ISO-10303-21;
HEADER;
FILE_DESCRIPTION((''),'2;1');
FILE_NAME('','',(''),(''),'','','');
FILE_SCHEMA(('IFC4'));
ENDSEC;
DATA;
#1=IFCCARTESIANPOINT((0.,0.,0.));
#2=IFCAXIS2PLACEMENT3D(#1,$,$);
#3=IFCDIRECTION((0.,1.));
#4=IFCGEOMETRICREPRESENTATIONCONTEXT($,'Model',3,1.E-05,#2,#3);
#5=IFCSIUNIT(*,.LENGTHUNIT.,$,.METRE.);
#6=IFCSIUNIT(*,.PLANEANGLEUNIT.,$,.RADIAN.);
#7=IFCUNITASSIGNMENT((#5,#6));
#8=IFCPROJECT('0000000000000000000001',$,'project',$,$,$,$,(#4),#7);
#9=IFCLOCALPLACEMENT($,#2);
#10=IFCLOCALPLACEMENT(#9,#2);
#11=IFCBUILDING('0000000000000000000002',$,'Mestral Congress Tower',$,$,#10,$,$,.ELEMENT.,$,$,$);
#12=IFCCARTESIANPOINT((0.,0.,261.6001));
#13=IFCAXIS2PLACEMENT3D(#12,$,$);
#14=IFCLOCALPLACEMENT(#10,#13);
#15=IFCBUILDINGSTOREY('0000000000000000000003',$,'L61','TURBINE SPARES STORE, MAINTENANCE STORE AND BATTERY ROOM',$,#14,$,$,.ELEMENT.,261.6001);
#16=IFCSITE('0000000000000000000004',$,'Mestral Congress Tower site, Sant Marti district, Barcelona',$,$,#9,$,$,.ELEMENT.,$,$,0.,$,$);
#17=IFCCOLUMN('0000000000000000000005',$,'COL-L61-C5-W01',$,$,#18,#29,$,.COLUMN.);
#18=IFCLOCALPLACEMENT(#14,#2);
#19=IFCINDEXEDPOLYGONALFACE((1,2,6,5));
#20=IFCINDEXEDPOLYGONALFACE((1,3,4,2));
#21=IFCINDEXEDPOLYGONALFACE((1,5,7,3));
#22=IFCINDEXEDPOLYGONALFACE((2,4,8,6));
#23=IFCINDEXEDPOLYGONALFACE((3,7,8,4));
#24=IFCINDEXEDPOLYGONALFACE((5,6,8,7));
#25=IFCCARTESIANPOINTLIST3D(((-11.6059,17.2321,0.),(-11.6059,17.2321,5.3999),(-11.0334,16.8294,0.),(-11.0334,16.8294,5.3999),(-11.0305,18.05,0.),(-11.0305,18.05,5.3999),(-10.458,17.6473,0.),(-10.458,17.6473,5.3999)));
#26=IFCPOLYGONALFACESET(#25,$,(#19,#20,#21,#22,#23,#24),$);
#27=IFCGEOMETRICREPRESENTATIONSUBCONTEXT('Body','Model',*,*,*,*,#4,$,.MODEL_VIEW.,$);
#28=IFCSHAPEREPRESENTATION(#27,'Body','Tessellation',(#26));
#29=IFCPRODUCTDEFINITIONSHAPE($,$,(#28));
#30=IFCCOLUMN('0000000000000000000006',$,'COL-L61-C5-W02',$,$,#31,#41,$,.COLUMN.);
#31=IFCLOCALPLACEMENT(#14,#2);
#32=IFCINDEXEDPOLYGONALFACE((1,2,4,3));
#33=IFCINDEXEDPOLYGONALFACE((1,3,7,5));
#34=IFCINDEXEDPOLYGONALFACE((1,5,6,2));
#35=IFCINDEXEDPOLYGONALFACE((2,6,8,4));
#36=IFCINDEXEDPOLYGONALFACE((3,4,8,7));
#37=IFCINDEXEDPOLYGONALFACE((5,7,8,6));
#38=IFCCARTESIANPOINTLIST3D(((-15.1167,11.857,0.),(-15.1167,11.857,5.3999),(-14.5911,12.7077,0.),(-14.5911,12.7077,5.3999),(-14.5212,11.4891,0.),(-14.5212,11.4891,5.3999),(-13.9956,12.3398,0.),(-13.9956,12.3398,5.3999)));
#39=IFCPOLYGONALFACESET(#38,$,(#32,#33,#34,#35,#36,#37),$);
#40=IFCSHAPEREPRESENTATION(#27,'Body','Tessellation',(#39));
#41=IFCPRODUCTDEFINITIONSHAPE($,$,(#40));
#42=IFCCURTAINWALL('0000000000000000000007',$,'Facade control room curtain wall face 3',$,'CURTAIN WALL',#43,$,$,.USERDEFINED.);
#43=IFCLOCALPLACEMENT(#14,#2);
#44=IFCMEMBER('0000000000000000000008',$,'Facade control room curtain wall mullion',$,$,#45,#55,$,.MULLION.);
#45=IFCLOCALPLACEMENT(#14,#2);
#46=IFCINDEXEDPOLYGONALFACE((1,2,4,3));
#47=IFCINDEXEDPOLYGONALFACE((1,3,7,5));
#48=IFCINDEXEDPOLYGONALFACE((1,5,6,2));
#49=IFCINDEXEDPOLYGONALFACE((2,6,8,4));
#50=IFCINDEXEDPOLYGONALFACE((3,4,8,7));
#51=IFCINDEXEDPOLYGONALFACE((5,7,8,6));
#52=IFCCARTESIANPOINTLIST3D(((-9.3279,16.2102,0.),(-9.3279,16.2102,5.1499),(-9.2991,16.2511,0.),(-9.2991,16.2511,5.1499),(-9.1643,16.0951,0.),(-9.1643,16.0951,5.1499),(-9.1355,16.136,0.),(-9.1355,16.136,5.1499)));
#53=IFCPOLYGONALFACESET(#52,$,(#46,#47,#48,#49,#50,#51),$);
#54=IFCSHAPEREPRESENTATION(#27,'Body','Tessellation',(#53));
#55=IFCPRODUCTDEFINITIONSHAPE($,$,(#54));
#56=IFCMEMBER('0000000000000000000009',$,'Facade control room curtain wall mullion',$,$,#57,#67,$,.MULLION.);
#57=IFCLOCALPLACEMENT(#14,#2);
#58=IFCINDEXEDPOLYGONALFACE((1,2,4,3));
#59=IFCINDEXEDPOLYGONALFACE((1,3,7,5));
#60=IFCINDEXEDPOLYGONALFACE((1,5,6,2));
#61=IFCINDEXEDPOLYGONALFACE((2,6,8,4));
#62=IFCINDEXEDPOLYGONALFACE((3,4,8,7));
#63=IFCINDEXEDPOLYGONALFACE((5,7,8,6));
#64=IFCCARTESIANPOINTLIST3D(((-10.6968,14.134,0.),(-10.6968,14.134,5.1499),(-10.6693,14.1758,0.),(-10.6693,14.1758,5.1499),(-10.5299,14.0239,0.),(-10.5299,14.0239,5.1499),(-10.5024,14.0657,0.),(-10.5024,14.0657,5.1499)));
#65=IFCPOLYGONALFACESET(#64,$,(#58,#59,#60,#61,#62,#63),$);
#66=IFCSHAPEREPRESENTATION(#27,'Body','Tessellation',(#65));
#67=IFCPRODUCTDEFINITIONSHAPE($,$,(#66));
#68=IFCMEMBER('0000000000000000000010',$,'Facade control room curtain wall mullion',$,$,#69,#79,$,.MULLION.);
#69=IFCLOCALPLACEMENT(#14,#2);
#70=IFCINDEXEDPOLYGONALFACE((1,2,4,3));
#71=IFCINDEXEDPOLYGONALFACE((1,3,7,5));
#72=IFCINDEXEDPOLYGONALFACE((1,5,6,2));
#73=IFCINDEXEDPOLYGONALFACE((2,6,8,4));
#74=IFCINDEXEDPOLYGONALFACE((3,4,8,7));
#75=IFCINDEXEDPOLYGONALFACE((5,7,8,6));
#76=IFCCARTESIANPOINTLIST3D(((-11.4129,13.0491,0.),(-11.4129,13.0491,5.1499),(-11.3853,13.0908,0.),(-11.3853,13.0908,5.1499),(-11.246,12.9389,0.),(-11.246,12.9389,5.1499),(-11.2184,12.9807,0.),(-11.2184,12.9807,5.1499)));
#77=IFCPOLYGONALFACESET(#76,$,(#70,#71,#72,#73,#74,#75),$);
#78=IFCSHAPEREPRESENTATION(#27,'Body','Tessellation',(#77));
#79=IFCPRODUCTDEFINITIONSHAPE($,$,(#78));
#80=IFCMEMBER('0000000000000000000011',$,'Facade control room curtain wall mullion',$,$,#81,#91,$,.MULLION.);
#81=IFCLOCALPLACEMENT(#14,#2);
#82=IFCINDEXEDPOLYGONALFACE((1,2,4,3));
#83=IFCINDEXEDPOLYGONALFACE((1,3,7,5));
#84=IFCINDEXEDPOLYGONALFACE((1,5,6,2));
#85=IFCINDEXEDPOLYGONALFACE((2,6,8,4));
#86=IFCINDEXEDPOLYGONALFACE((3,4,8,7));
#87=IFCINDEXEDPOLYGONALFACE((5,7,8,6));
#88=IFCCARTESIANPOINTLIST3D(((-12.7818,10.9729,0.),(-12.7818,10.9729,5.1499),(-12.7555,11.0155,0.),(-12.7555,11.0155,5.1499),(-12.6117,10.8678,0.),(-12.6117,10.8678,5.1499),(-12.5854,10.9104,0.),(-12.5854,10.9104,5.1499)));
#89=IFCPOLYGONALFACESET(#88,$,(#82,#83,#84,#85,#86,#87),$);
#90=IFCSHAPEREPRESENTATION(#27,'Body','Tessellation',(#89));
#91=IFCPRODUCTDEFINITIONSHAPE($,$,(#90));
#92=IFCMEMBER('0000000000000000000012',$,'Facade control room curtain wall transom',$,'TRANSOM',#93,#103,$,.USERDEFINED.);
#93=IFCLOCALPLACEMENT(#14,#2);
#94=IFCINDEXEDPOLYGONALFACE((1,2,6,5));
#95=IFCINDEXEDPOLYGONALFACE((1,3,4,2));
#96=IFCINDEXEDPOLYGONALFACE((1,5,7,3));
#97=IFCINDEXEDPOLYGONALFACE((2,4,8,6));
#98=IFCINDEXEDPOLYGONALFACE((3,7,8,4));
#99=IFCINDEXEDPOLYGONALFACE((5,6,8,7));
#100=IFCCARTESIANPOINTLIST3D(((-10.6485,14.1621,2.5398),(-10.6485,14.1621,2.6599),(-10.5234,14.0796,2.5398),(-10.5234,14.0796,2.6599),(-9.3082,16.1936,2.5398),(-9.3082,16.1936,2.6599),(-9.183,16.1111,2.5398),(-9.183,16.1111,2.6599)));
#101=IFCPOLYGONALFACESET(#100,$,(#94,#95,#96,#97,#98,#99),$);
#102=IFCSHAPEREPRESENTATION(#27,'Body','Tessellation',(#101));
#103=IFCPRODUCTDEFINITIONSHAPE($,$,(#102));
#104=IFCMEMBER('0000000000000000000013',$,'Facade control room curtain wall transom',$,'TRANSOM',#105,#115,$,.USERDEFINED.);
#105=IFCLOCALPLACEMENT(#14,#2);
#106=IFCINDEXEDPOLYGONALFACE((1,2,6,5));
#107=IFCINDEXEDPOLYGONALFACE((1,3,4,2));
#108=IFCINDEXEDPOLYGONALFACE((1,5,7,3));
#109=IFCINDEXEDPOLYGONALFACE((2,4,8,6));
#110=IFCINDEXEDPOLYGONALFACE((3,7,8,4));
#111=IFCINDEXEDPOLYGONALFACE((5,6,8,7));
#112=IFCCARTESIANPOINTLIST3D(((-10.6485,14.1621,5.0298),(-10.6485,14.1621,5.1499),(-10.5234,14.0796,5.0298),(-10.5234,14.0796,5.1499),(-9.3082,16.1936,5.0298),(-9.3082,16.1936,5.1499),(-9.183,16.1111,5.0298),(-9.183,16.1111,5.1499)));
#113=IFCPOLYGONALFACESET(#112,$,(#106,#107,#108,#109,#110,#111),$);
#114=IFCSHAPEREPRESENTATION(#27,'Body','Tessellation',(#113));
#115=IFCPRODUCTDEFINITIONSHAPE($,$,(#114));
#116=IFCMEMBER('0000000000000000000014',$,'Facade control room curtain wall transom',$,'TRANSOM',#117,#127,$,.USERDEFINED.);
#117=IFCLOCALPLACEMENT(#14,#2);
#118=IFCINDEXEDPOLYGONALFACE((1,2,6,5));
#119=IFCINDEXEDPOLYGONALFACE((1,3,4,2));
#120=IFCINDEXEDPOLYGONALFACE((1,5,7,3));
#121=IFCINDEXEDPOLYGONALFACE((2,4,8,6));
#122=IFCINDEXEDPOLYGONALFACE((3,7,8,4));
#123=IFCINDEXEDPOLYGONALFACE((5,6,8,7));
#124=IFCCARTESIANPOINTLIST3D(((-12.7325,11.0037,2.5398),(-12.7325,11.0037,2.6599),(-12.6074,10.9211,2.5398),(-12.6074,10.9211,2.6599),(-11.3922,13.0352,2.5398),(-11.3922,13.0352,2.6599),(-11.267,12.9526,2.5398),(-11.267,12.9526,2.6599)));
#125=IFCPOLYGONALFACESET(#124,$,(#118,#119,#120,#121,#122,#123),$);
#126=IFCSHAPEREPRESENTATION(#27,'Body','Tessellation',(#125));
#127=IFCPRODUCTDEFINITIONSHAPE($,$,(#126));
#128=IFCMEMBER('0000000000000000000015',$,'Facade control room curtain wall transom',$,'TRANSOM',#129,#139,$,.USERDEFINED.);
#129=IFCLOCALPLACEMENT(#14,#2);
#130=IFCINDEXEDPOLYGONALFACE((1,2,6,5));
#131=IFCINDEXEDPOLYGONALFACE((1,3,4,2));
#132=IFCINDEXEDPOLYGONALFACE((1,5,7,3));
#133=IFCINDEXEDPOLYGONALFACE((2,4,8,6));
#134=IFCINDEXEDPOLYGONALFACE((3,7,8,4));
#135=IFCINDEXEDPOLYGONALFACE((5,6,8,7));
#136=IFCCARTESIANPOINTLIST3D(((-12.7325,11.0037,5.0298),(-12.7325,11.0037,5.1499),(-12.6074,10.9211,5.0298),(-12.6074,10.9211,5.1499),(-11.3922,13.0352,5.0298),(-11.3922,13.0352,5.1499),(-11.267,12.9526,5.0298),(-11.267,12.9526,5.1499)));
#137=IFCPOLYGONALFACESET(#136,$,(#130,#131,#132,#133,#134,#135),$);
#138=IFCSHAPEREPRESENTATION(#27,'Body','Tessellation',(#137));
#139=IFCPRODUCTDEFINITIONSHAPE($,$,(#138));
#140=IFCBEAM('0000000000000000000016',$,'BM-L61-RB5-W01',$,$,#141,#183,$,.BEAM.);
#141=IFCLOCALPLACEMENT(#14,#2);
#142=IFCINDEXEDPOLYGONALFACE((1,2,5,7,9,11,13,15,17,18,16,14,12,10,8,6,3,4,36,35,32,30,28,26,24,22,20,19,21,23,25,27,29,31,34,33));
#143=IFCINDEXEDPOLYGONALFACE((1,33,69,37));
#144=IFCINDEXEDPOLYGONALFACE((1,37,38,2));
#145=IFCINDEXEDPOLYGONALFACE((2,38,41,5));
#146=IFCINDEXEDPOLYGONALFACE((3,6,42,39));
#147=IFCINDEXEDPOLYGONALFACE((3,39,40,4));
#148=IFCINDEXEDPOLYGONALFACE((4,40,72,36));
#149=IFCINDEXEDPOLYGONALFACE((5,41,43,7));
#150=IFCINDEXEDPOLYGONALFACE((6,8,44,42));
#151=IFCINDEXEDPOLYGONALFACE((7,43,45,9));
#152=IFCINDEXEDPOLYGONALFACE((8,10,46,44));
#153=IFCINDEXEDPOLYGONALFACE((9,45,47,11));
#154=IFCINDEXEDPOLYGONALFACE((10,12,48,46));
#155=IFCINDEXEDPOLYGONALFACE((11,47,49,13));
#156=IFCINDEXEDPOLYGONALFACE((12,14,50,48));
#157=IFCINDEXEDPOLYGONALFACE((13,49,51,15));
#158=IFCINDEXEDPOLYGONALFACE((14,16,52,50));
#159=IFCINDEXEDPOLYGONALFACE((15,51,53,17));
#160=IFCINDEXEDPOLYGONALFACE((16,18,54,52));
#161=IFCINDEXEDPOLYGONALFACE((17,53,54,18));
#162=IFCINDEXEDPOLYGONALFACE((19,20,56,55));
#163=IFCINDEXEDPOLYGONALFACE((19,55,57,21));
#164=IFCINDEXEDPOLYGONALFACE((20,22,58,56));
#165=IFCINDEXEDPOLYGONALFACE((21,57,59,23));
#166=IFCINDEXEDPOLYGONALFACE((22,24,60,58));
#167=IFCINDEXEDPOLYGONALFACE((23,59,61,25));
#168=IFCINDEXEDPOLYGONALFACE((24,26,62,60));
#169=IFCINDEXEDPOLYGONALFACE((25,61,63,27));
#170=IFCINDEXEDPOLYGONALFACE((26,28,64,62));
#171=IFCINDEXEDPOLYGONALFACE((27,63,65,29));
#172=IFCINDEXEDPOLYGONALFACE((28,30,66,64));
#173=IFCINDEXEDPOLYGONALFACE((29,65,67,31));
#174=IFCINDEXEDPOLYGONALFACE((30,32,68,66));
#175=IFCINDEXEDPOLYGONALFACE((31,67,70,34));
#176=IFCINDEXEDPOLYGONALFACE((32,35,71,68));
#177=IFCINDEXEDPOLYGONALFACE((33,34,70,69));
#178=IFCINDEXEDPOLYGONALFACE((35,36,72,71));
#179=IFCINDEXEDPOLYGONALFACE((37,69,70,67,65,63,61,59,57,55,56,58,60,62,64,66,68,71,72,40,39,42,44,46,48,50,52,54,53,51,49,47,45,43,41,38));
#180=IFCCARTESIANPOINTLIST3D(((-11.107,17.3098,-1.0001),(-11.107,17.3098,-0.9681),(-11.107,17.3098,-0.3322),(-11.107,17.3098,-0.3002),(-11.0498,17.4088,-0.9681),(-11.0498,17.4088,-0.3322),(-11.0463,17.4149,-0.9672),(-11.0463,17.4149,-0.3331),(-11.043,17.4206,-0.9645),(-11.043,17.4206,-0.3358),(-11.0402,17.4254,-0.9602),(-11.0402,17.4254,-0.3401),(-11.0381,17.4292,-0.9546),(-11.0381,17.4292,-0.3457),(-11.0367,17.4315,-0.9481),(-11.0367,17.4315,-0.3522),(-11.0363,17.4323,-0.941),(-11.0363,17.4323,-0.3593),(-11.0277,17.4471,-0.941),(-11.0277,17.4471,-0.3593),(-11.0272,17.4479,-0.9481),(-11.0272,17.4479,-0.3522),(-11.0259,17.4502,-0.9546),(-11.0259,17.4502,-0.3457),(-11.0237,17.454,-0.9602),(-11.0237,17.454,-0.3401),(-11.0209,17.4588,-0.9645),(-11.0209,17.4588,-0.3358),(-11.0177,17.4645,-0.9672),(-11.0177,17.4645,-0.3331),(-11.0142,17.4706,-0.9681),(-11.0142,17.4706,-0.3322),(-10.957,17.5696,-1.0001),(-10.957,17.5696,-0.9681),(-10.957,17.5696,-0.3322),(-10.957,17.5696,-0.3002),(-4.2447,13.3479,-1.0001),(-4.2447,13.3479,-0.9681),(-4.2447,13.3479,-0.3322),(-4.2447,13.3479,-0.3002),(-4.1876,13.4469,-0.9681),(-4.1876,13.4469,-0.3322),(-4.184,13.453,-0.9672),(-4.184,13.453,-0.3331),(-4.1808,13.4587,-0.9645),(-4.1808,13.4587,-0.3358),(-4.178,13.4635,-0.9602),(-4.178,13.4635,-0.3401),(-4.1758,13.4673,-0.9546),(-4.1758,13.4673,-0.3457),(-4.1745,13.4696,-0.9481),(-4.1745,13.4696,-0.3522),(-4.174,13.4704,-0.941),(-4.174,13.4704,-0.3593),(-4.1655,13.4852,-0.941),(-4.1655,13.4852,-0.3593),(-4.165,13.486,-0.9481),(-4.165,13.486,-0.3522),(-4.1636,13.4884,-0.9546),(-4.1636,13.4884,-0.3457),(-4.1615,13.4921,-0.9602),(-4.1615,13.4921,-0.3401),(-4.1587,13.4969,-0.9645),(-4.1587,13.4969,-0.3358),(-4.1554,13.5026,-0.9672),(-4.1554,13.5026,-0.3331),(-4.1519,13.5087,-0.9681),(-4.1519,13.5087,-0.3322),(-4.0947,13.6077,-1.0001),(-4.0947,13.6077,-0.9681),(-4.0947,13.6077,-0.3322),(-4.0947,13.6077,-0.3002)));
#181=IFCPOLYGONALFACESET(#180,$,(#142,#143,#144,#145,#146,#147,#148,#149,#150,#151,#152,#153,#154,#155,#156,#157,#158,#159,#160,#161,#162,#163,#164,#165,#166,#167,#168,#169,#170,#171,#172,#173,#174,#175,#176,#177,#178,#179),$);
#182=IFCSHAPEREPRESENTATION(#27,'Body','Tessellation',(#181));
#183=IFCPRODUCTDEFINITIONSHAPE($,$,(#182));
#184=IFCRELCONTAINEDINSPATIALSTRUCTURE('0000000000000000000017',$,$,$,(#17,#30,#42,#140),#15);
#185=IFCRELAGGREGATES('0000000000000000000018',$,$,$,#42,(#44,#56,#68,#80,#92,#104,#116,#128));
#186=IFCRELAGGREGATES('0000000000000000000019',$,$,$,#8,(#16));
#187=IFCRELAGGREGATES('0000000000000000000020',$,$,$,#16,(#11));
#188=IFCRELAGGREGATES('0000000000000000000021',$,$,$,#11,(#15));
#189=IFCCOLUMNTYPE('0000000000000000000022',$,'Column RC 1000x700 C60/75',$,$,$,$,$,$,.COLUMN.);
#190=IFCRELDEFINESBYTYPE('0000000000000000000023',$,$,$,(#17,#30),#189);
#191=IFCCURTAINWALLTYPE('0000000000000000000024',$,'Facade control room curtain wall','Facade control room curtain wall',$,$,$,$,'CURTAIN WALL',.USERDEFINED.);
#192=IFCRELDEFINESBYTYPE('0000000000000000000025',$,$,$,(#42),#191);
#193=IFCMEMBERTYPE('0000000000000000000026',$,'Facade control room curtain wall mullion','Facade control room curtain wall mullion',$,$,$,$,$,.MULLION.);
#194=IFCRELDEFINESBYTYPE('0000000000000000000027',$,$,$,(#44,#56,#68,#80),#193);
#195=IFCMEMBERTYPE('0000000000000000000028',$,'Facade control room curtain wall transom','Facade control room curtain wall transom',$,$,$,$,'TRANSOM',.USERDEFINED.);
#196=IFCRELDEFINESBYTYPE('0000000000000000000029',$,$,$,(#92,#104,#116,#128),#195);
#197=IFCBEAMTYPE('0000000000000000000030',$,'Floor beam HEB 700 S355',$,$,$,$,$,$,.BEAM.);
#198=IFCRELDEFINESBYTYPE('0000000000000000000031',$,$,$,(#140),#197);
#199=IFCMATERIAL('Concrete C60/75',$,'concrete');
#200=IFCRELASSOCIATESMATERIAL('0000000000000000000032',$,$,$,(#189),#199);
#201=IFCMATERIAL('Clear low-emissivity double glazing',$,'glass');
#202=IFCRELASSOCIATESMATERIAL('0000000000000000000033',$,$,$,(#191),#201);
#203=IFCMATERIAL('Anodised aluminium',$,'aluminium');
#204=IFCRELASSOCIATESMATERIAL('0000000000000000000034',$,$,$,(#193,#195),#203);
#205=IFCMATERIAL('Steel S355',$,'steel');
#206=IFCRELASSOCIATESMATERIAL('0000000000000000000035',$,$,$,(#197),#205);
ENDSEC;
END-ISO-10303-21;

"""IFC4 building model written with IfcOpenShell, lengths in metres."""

from ifc_helpers import new_model, si_unit, direction, frame, origin, origin_2d, place, context, subcontext, project, spatial, rectangle, i_section, extrude, material, material_profile, profile_set, type_object, element, aggregate, save


model = new_model("IFC4")

# Units and contexts
model_context = context("Model", 3, precision=1e-05, world=origin(), true_north=direction((0.0, 1.0)))
body_context = subcontext(model_context, "Body", "Model", "MODEL_VIEW")
ifc_project = project(units=[si_unit("LENGTHUNIT", "METRE"), si_unit("PLANEANGLEUNIT", "RADIAN")], contexts=[model_context])

# Site, building, storey
site_placement = place(None, origin())
site = spatial("IfcSite", under=ifc_project, at=site_placement, Name="Mestral Congress Tower site, Sant Marti district, Barcelona", CompositionType="ELEMENT", RefElevation=0.0)
building_placement = place(site_placement, origin())
building = spatial("IfcBuilding", under=site, at=building_placement, Name="Mestral Congress Tower", CompositionType="ELEMENT")
storey_placement = place(building_placement, frame((0.0, 0.0, 261.6001)))
storey = spatial("IfcBuildingStorey", under=building, at=storey_placement, Name="L61", Description="TURBINE SPARES STORE, MAINTENANCE STORE AND BATTERY ROOM", CompositionType="ELEMENT", Elevation=261.6001)

# Columns
ifc_material_1 = material(Name="Concrete C60/75", Category="concrete")
ifc_material_profile_1 = material_profile(ifc_material_1, rectangle(XDim=1.0, YDim=0.7, at=origin_2d()), Name="RC 1000x700")
ifc_profile_set_1 = profile_set([ifc_material_profile_1], Name="Concrete C60/75")
column_type = type_object("IfcColumnType", Name="Column RC 1000x700 C60/75", PredefinedType="COLUMN", material=ifc_profile_set_1)
for number, where, z_axis, x_axis, name in (
    (1, (-11.032, 17.4397, 0.0), (0.0, 0.0, 1.0), (-0.575402, -0.817871, 0.0), "COL-L61-C5-W01"),
    (2, (-14.5562, 12.0984, 0.0), (0.0, 0.0, 1.0), (-0.52561, -0.850726, 0.0), "COL-L61-C5-W02"),
):
    element("IfcColumn", number, at=place(storey_placement, frame(where, z_axis=z_axis, x_axis=x_axis)), inside=storey, type_object=column_type, Name=name, PredefinedType="COLUMN", context=body_context, shape_type="SweptSolid", body=[
        extrude(rectangle(XDim=1.0, YDim=0.7, at=origin_2d()), origin(), (0.0, 0.0, 1.0), 5.3999),
    ])

# Curtain wall, members
ifc_material_2 = material(Name="Clear low-emissivity double glazing", Category="glass")
curtain_wall_type = type_object("IfcCurtainWallType", Name="Facade control room curtain wall", Description="Facade control room curtain wall", ElementType="CURTAIN WALL", PredefinedType="USERDEFINED", material=ifc_material_2)
placement = place(storey_placement, origin())
curtain_wall = element("IfcCurtainWall", 3, at=placement, inside=storey, type_object=curtain_wall_type, Name="Facade control room curtain wall face 3", ObjectType="CURTAIN WALL", PredefinedType="USERDEFINED")
ifc_material_3 = material(Name="Anodised aluminium", Category="aluminium")
ifc_material_profile_2 = material_profile(ifc_material_3, rectangle(XDim=0.2, YDim=0.05, at=origin_2d()), Name="CW5 mullion 200 x 50")
ifc_profile_set_2 = profile_set([ifc_material_profile_2], Name="Anodised aluminium")
member_type_1 = type_object("IfcMemberType", Name="Facade control room curtain wall mullion", Description="Facade control room curtain wall mullion", PredefinedType="MULLION", material=ifc_profile_set_2)
member_1_placement = place(storey_placement, frame((-9.2317, 16.1731, 0.0), z_axis=(0.0, 0.0, 1.0), x_axis=(-0.817871, 0.575402, 0.0)))
member_1 = element("IfcMember", 4, at=member_1_placement, type_object=member_type_1, Name="Facade control room curtain wall mullion", PredefinedType="MULLION", context=body_context, shape_type="SweptSolid", body=[
    extrude(rectangle(XDim=0.2, YDim=0.05, at=origin_2d()), origin(), (0.0, 0.0, 1.0), 5.1499),
])
member_2_placement = place(storey_placement, frame((-10.5996, 14.0999, 0.0), z_axis=(0.0, 0.0, 1.0), x_axis=(-0.83467, 0.55075, 0.0)))
member_2 = element("IfcMember", 5, at=member_2_placement, type_object=member_type_1, Name="Facade control room curtain wall mullion", PredefinedType="MULLION", context=body_context, shape_type="SweptSolid", body=[
    extrude(rectangle(XDim=0.2, YDim=0.05, at=origin_2d()), origin(), (0.0, 0.0, 1.0), 5.1499),
])
member_3_placement = place(storey_placement, frame((-11.3157, 13.0149, 0.0), z_axis=(0.0, 0.0, 1.0), x_axis=(-0.83467, 0.55075, 0.0)))
member_3 = element("IfcMember", 6, at=member_3_placement, type_object=member_type_1, Name="Facade control room curtain wall mullion", PredefinedType="MULLION", context=body_context, shape_type="SweptSolid", body=[
    extrude(rectangle(XDim=0.2, YDim=0.05, at=origin_2d()), origin(), (0.0, 0.0, 1.0), 5.1499),
])
member_4_placement = place(storey_placement, frame((-12.6836, 10.9417, 0.0), z_axis=(0.0, 0.0, 1.0), x_axis=(-0.850726, 0.52561, 0.0)))
member_4 = element("IfcMember", 7, at=member_4_placement, type_object=member_type_1, Name="Facade control room curtain wall mullion", PredefinedType="MULLION", context=body_context, shape_type="SweptSolid", body=[
    extrude(rectangle(XDim=0.2, YDim=0.05, at=origin_2d()), origin(), (0.0, 0.0, 1.0), 5.1499),
])
ifc_material_profile_3 = material_profile(ifc_material_3, rectangle(XDim=0.1499, YDim=0.1201, at=origin_2d()), Name="CW5 transom 150 x 120")
ifc_profile_set_3 = profile_set([ifc_material_profile_3], Name="Anodised aluminium")
member_type_2 = type_object("IfcMemberType", Name="Facade control room curtain wall transom", Description="Facade control room curtain wall transom", ElementType="TRANSOM", PredefinedType="USERDEFINED", material=ifc_profile_set_3)
member_5_placement = place(storey_placement, frame((-9.2456, 16.1523, 2.5999), z_axis=(-0.550712, -0.834695, 0.0), x_axis=(0.834695, -0.550712, 0.0)))
member_5 = element("IfcMember", 8, at=member_5_placement, type_object=member_type_2, Name="Facade control room curtain wall transom", ObjectType="TRANSOM", PredefinedType="USERDEFINED", context=body_context, shape_type="SweptSolid", body=[
    extrude(rectangle(XDim=0.1499, YDim=0.1201, at=origin_2d()), origin(), (0.0, 0.0, 1.0), 2.4338),
])
member_6_placement = place(storey_placement, frame((-9.2456, 16.1523, 5.0898), z_axis=(-0.550712, -0.834695, 0.0), x_axis=(0.834695, -0.550712, 0.0)))
member_6 = element("IfcMember", 9, at=member_6_placement, type_object=member_type_2, Name="Facade control room curtain wall transom", ObjectType="TRANSOM", PredefinedType="USERDEFINED", context=body_context, shape_type="SweptSolid", body=[
    extrude(rectangle(XDim=0.1499, YDim=0.1201, at=origin_2d()), origin(), (0.0, 0.0, 1.0), 2.4338),
])
member_7_placement = place(storey_placement, frame((-11.3296, 12.9939, 2.5999), z_axis=(-0.550712, -0.834695, 0.0), x_axis=(0.834695, -0.550712, 0.0)))
member_7 = element("IfcMember", 10, at=member_7_placement, type_object=member_type_2, Name="Facade control room curtain wall transom", ObjectType="TRANSOM", PredefinedType="USERDEFINED", context=body_context, shape_type="SweptSolid", body=[
    extrude(rectangle(XDim=0.1499, YDim=0.1201, at=origin_2d()), origin(), (0.0, 0.0, 1.0), 2.4338),
])
member_8_placement = place(storey_placement, frame((-11.3296, 12.9939, 5.0898), z_axis=(-0.550712, -0.834695, 0.0), x_axis=(0.834695, -0.550712, 0.0)))
member_8 = element("IfcMember", 11, at=member_8_placement, type_object=member_type_2, Name="Facade control room curtain wall transom", ObjectType="TRANSOM", PredefinedType="USERDEFINED", context=body_context, shape_type="SweptSolid", body=[
    extrude(rectangle(XDim=0.1499, YDim=0.1201, at=origin_2d()), origin(), (0.0, 0.0, 1.0), 2.4338),
])

# Beam
ifc_material_4 = material(Name="Steel S355", Category="steel")
ifc_material_profile_4 = material_profile(ifc_material_4, i_section(OverallWidth=0.3, OverallDepth=0.7, WebThickness=0.0171, FlangeThickness=0.032, FilletRadius=0.0271, at=origin_2d()), Name="HEB 700")
ifc_profile_set_4 = profile_set([ifc_material_profile_4], Name="Steel S355")
beam_type_1 = type_object("IfcBeamType", Name="Floor beam HEB 700 S355", PredefinedType="BEAM", material=ifc_profile_set_4)
beam_1_placement = place(storey_placement, frame((-11.032, 17.4397, -0.6501), z_axis=(0.866028, -0.499996, 0.0), x_axis=(0.499996, 0.866028, 0.0)))
element("IfcBeam", 12, at=beam_1_placement, inside=storey, type_object=beam_type_1, Name="BM-L61-RB5-W01", PredefinedType="BEAM", context=body_context, shape_type="SweptSolid", body=[
    extrude(i_section(OverallWidth=0.3, OverallDepth=0.7, WebThickness=0.0171, FlangeThickness=0.032, FilletRadius=0.0271, at=origin_2d()), origin(), (0.0, 0.0, 1.0), 7.9238),
])

aggregate(curtain_wall, [member_1, member_2, member_3, member_4, member_5, member_6, member_7, member_8])

save(model, "model.ifc")
